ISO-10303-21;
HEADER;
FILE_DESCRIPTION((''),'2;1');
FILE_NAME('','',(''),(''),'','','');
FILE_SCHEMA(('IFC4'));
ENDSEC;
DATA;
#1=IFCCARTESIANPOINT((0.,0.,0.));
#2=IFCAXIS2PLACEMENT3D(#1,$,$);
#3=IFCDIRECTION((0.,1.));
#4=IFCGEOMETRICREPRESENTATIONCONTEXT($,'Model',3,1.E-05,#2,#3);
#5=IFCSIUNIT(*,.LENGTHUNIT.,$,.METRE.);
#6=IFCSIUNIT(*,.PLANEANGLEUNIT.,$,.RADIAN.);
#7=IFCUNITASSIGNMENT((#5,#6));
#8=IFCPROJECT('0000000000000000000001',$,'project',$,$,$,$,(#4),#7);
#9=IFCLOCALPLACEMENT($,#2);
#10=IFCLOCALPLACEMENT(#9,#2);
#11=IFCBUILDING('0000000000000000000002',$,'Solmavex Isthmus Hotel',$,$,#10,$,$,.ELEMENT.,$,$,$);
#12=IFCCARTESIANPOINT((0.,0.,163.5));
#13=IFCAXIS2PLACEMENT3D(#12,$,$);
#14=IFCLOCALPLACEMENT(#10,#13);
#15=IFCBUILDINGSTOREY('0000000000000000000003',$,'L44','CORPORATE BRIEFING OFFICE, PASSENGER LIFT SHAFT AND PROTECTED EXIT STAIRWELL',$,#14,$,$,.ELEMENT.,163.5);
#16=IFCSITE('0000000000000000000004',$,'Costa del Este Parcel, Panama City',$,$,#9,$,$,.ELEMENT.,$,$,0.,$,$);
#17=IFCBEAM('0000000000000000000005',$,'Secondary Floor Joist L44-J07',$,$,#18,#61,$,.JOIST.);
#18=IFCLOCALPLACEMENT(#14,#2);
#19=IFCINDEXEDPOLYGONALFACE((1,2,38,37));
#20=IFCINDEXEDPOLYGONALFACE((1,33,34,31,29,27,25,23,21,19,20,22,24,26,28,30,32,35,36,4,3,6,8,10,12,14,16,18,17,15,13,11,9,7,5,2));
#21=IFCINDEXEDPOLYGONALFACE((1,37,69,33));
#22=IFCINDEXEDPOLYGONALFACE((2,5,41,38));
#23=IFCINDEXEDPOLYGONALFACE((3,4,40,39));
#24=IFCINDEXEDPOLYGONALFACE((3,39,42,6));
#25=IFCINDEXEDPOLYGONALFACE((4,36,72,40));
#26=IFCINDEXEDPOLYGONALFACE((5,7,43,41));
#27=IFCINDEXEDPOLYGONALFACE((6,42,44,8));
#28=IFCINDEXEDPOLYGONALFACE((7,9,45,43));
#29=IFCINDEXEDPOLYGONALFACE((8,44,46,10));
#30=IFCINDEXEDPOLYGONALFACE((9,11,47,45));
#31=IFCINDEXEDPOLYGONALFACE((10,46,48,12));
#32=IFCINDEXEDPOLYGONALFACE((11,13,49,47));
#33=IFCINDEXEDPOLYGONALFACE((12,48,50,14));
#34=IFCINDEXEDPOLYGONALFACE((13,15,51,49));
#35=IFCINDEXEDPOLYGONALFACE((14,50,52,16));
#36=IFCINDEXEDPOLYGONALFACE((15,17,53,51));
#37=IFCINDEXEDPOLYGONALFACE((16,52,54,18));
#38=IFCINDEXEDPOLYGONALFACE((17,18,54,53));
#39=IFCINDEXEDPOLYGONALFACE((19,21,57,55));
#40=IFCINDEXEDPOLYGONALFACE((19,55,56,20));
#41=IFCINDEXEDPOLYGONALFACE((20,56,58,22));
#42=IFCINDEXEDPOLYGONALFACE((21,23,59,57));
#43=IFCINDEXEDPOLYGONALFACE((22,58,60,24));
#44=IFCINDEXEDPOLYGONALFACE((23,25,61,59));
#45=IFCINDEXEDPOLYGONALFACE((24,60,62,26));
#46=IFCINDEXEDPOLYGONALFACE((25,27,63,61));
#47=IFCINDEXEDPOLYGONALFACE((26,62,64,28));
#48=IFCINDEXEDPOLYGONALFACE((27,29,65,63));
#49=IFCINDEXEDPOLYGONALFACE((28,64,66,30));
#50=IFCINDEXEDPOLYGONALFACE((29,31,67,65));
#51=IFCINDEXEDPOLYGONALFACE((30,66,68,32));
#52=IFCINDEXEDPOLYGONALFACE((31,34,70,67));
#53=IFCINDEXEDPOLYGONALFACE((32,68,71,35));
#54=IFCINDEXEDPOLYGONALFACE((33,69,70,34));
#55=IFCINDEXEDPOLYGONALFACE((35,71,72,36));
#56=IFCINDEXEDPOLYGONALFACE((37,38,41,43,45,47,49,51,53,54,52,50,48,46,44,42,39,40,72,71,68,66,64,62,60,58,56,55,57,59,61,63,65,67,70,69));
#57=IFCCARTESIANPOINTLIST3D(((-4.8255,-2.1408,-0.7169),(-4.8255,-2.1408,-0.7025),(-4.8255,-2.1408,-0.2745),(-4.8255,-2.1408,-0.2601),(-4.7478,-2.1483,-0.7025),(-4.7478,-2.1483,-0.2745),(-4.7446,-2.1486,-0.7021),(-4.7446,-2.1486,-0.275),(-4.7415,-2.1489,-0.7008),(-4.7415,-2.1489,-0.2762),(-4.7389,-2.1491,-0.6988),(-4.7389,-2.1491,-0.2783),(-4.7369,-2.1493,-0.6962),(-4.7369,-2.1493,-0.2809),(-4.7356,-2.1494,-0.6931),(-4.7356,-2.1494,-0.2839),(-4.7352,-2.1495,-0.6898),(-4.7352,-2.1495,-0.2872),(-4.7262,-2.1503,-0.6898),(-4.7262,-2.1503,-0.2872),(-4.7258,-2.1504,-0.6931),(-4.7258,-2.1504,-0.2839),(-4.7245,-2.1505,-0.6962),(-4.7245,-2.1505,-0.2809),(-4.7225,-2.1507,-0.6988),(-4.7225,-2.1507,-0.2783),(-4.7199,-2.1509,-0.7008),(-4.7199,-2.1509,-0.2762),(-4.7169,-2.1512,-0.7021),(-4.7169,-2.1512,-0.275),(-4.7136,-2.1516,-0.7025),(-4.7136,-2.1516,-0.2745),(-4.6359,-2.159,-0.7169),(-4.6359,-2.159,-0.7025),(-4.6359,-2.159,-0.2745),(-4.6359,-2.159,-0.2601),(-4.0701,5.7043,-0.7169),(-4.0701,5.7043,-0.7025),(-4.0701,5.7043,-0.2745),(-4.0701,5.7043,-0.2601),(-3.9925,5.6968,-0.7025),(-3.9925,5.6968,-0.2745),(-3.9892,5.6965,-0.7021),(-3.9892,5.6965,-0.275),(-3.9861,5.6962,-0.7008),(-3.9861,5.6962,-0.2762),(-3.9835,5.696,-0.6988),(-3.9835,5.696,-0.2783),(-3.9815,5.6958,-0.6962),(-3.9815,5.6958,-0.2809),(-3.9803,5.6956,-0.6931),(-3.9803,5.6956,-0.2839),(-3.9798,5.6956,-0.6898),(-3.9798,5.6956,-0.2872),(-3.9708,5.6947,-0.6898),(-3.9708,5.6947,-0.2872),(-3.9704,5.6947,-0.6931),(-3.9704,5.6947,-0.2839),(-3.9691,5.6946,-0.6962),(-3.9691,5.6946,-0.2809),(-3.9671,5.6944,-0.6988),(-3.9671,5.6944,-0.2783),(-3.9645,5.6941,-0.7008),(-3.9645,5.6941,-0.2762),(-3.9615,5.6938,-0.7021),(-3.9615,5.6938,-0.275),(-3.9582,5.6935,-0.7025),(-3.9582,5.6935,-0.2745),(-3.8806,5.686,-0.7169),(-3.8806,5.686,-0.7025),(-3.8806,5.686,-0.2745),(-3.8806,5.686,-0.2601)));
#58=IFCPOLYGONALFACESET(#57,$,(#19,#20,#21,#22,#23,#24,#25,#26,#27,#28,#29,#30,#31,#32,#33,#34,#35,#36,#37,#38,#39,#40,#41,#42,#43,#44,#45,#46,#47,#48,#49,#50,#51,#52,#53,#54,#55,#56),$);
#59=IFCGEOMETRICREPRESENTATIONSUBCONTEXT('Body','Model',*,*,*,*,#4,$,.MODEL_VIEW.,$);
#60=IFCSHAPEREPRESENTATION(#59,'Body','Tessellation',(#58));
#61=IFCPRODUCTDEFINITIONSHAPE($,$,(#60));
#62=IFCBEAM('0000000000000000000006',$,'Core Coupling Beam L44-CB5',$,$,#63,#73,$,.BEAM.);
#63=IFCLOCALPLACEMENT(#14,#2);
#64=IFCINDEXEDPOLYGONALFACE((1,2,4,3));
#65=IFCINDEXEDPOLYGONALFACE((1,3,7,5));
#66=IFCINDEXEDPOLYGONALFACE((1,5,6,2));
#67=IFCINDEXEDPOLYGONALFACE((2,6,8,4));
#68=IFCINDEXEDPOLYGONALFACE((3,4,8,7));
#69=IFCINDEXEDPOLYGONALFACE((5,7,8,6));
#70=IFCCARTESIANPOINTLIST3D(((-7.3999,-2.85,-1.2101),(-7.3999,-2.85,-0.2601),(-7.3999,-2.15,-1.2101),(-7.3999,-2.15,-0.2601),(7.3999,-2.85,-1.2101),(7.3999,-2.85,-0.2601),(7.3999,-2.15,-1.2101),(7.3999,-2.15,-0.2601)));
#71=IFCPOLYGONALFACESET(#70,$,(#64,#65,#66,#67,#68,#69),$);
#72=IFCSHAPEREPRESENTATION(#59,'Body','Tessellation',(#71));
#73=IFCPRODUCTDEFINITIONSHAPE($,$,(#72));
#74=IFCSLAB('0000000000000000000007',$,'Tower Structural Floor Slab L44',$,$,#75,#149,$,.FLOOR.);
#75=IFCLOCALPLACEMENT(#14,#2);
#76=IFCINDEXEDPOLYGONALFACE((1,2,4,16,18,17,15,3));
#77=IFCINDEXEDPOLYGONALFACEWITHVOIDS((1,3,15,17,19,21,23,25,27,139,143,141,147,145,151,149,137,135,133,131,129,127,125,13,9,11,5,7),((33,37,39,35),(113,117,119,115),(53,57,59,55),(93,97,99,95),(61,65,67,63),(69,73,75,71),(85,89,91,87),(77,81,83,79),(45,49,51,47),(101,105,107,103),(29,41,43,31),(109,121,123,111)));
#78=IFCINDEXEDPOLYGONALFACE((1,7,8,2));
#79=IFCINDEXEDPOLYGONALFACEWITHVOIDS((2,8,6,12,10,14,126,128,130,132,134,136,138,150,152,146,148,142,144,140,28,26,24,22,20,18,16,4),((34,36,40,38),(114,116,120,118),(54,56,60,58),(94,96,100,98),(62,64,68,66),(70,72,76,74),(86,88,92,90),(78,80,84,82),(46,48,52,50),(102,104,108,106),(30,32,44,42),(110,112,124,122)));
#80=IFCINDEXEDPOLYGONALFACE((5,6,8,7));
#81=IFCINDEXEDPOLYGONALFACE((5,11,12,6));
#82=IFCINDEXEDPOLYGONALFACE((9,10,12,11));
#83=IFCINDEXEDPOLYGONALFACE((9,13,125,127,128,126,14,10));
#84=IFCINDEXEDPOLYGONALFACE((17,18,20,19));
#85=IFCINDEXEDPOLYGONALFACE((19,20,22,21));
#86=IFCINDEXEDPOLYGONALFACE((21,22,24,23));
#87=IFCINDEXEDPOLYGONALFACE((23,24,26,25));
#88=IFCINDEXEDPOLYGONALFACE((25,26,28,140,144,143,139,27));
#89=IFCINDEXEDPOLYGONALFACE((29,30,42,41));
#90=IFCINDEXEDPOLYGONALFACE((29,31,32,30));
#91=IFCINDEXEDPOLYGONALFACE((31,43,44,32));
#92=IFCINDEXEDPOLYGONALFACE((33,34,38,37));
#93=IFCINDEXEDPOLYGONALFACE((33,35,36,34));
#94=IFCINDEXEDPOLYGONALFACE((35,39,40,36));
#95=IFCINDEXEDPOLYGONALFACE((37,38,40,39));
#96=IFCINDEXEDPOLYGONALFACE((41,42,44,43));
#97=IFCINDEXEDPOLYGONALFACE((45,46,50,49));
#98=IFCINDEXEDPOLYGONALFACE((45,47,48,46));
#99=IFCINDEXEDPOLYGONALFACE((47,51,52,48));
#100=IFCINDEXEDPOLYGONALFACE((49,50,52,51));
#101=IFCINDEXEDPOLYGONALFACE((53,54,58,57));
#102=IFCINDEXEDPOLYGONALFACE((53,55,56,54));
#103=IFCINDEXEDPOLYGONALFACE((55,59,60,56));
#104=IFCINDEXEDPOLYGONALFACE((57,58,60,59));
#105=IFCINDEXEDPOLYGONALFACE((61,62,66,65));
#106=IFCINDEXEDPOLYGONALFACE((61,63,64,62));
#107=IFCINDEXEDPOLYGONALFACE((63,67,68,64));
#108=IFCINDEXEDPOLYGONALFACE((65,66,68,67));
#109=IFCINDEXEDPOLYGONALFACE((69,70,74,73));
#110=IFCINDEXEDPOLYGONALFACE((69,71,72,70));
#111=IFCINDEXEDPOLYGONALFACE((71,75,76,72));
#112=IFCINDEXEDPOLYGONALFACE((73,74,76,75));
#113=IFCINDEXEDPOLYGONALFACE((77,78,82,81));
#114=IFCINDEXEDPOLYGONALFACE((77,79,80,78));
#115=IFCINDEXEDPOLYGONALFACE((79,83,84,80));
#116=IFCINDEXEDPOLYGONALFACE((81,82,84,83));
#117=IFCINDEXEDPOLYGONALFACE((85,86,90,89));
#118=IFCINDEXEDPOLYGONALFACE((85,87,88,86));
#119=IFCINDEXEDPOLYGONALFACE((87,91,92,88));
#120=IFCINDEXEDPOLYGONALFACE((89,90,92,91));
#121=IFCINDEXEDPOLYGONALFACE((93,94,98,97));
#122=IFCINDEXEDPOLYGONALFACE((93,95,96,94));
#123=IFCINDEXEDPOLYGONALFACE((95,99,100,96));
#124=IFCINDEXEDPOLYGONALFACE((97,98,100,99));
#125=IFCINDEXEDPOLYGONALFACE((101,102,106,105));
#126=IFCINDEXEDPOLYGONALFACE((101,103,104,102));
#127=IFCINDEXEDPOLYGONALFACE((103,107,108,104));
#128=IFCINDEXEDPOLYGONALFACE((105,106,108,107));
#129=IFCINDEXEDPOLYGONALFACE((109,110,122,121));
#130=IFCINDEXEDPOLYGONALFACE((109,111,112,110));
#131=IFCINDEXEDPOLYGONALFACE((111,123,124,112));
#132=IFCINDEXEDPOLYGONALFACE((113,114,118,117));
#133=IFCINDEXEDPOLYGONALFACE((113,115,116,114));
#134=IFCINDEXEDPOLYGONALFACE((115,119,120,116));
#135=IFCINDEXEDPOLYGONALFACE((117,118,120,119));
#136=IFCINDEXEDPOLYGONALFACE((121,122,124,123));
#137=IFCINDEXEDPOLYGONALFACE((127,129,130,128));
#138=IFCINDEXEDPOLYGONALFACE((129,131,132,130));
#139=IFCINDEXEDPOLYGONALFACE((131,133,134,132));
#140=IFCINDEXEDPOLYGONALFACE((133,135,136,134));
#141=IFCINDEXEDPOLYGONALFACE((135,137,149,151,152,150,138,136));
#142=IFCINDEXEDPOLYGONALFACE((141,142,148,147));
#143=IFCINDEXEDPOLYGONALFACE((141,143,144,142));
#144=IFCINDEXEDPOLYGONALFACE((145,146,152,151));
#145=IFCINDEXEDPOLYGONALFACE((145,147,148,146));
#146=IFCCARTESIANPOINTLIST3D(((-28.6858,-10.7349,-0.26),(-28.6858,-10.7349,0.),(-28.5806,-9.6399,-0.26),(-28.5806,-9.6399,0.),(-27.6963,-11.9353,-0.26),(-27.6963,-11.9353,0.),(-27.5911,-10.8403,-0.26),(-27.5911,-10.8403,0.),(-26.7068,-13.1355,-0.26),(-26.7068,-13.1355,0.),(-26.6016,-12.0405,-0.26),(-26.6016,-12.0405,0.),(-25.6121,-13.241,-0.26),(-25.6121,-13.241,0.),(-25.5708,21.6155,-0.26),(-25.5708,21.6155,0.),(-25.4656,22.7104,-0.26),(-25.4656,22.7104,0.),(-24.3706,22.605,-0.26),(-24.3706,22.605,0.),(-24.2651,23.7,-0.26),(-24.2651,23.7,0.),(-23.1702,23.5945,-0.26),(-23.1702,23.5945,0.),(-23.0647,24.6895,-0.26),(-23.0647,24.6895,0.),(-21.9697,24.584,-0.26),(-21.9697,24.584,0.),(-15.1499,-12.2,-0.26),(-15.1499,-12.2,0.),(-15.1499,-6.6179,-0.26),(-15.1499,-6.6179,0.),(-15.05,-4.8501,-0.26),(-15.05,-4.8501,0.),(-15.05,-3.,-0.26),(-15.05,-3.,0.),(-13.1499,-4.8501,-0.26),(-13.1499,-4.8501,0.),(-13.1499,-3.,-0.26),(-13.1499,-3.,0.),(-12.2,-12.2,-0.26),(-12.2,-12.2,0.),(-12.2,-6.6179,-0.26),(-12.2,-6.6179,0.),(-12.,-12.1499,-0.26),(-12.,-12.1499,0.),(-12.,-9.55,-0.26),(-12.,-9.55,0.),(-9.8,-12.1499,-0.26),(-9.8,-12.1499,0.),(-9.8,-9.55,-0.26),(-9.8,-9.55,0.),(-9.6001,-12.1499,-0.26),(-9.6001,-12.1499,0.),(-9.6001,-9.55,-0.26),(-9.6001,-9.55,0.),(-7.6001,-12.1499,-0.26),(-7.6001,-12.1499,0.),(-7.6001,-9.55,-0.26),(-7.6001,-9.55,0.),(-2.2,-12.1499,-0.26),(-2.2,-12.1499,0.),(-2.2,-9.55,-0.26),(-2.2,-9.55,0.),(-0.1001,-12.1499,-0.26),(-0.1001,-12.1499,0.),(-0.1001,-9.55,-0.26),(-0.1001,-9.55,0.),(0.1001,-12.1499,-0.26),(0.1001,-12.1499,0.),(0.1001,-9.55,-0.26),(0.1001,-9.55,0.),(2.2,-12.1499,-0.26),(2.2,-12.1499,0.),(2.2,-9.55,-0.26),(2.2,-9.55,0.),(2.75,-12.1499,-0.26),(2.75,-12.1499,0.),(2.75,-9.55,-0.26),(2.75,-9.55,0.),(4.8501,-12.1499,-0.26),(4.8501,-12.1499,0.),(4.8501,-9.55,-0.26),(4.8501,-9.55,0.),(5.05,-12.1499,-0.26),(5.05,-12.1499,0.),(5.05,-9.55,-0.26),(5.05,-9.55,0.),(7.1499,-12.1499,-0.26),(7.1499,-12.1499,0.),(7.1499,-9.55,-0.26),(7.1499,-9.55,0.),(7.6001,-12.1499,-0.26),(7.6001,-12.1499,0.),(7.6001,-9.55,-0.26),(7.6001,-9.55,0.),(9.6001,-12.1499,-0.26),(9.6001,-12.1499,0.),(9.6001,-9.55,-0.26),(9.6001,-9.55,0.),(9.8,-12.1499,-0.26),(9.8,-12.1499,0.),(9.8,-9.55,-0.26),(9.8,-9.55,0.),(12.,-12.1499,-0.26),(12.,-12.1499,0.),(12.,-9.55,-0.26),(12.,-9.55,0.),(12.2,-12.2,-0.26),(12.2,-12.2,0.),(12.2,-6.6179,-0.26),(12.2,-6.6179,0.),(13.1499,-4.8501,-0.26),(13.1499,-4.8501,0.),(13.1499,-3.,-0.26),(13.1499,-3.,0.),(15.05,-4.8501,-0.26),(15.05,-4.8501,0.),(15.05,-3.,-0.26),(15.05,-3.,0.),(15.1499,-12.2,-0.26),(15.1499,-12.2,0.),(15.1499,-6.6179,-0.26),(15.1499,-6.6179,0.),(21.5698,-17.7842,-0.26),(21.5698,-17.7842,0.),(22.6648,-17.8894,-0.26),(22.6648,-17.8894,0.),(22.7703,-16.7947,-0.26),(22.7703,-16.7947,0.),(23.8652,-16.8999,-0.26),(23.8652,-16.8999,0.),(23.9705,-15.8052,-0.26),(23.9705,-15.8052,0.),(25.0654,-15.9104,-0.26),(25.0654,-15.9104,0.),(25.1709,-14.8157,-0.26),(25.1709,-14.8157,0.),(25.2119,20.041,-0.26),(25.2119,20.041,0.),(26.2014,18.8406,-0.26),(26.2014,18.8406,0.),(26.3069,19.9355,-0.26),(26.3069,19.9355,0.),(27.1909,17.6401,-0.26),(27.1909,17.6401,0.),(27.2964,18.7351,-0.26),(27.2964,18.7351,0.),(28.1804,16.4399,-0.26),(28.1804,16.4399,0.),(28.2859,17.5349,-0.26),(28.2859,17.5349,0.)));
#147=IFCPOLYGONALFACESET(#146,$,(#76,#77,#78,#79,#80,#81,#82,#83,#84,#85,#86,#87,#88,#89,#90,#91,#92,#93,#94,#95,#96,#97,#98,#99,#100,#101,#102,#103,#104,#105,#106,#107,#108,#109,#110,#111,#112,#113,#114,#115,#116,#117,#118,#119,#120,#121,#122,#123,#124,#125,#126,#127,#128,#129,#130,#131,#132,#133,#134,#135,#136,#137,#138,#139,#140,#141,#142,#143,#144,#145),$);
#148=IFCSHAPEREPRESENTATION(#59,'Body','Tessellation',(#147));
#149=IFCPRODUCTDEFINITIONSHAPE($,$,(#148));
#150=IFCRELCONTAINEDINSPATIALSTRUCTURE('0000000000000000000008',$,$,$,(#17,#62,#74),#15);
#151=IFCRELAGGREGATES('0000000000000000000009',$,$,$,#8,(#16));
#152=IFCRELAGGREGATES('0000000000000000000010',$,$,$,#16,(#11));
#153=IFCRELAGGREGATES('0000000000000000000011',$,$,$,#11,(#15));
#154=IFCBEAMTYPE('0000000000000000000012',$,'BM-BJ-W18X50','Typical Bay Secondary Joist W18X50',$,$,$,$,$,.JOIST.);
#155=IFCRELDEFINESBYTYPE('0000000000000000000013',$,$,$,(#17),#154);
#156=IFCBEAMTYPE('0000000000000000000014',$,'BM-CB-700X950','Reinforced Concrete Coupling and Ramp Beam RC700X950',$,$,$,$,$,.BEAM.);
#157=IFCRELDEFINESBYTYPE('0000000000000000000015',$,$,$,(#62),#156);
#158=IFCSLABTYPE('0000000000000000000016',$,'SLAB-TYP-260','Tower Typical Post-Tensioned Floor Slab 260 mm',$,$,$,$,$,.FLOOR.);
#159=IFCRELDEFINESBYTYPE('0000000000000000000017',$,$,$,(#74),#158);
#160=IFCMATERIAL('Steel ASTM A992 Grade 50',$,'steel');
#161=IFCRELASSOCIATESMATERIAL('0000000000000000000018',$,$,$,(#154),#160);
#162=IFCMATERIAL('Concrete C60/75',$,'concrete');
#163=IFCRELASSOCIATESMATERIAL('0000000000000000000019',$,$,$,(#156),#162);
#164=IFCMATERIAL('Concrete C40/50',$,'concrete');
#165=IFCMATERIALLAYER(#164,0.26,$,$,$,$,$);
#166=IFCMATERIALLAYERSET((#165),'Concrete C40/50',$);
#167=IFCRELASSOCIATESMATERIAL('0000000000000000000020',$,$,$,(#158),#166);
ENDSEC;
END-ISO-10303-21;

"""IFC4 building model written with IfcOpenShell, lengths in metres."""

from ifc_helpers import new_model, si_unit, direction, frame, origin, origin_2d, place, context, subcontext, project, spatial, polyline, rectangle, i_section, outline, extrude, material, layer, layer_set, material_profile, profile_set, type_object, element, save


model = new_model("IFC4")

# Units and contexts
model_context = context("Model", 3, precision=1e-05, world=origin(), true_north=direction((0.0, 1.0)))
body_context = subcontext(model_context, "Body", "Model", "MODEL_VIEW")
ifc_project = project(units=[si_unit("LENGTHUNIT", "METRE"), si_unit("PLANEANGLEUNIT", "RADIAN")], contexts=[model_context])

# Site, building, storey
site_placement = place(None, origin())
site = spatial("IfcSite", under=ifc_project, at=site_placement, Name="Costa del Este Parcel, Panama City", CompositionType="ELEMENT", RefElevation=0.0)
building_placement = place(site_placement, origin())
building = spatial("IfcBuilding", under=site, at=building_placement, Name="Solmavex Isthmus Hotel", CompositionType="ELEMENT")
storey_placement = place(building_placement, frame((0.0, 0.0, 163.5)))
storey = spatial("IfcBuildingStorey", under=building, at=storey_placement, Name="L44", Description="CORPORATE BRIEFING OFFICE, PASSENGER LIFT SHAFT AND PROTECTED EXIT STAIRWELL", CompositionType="ELEMENT", Elevation=163.5)

# Shared definitions
ifc_material_1 = material(Name="Concrete C60/75", Category="concrete")

# Beams
ifc_material_2 = material(Name="Steel ASTM A992 Grade 50", Category="steel")
ifc_material_profile_1 = material_profile(ifc_material_2, i_section(OverallWidth=0.1904, OverallDepth=0.4568, WebThickness=0.009, FlangeThickness=0.0144, FilletRadius=0.0127, at=origin_2d()), Name="W18X50")
ifc_profile_set_1 = profile_set([ifc_material_profile_1], Name="Steel ASTM A992 Grade 50")
beam_type_1 = type_object("IfcBeamType", Name="BM-BJ-W18X50", Description="Typical Bay Secondary Joist W18X50", PredefinedType="JOIST", material=ifc_profile_set_1)
beam_1_placement = place(storey_placement, frame((-4.7307, -2.1499, -0.4885), z_axis=(0.095844, 0.995396, 0.0), x_axis=(-0.995396, 0.095844, 0.0)))
element("IfcBeam", 1, at=beam_1_placement, inside=storey, type_object=beam_type_1, Name="Secondary Floor Joist L44-J07", PredefinedType="JOIST", context=body_context, shape_type="SweptSolid", body=[
    extrude(i_section(OverallWidth=0.1904, OverallDepth=0.4568, WebThickness=0.009, FlangeThickness=0.0144, FilletRadius=0.0127, at=origin_2d()), origin(), (0.0, 0.0, 1.0), 7.8813),
])
ifc_material_profile_2 = material_profile(ifc_material_1, rectangle(XDim=0.7, YDim=0.95, at=origin_2d()), Name="RC700X950")
ifc_profile_set_2 = profile_set([ifc_material_profile_2], Name="Concrete C60/75")
beam_type_2 = type_object("IfcBeamType", Name="BM-CB-700X950", Description="Reinforced Concrete Coupling and Ramp Beam RC700X950", PredefinedType="BEAM", material=ifc_profile_set_2)
beam_2_placement = place(storey_placement, frame((-7.3999, -2.5, -0.7351), z_axis=(1.0, 0.0, 0.0), x_axis=(0.0, 1.0, 0.0)))
element("IfcBeam", 2, at=beam_2_placement, inside=storey, type_object=beam_type_2, Name="Core Coupling Beam L44-CB5", PredefinedType="BEAM", context=body_context, shape_type="SweptSolid", body=[
    extrude(rectangle(XDim=0.7, YDim=0.95, at=origin_2d()), origin(), (0.0, 0.0, 1.0), 14.7998),
])

# Slab
ifc_material_3 = material(Name="Concrete C40/50", Category="concrete")
ifc_layer_1 = layer(ifc_material_3, 0.26)
ifc_layer_set_1 = layer_set([ifc_layer_1], Name="Concrete C40/50")
slab_type = type_object("IfcSlabType", Name="SLAB-TYP-260", Description="Tower Typical Post-Tensioned Floor Slab 260 mm", PredefinedType="FLOOR", material=ifc_layer_set_1)
slab_placement = place(storey_placement, frame((0.0, 0.0, -0.26)))
element("IfcSlab", 3, at=slab_placement, inside=storey, type_object=slab_type, Name="Tower Structural Floor Slab L44", PredefinedType="FLOOR", context=body_context, shape_type="SweptSolid", body=[
    extrude(outline(polyline([(-25.6121, -13.241), (21.5698, -17.7842), (22.6648, -17.8894), (22.7703, -16.7947), (23.8652, -16.8999), (23.9705, -15.8052), (25.0654, -15.9104), (25.1709, -14.8157), (28.1804, 16.4399), (28.2859, 17.5349), (27.1909, 17.6401), (27.2964, 18.7351), (26.2014, 18.8406), (26.3069, 19.9355), (25.2119, 20.041), (-21.9697, 24.584), (-23.0647, 24.6895), (-23.1702, 23.5945), (-24.2651, 23.7), (-24.3706, 22.605), (-25.4656, 22.7104), (-25.5708, 21.6155), (-28.5806, -9.6399), (-28.6858, -10.7349), (-27.5911, -10.8403), (-27.6963, -11.9353), (-26.6016, -12.0405), (-26.7068, -13.1355), (-25.6121, -13.241)]), holes=[polyline([(-15.1499, -6.6179), (-15.1499, -12.2), (-12.2, -12.2), (-12.2, -6.6179), (-15.1499, -6.6179)]), polyline([(12.2, -6.6179), (12.2, -12.2), (15.1499, -12.2), (15.1499, -6.6179), (12.2, -6.6179)]), polyline([(-12.0, -12.1499), (-9.8, -12.1499), (-9.8, -9.55), (-12.0, -9.55), (-12.0, -12.1499)]), polyline([(9.8, -12.1499), (12.0, -12.1499), (12.0, -9.55), (9.8, -9.55), (9.8, -12.1499)]), polyline([(-9.6001, -12.1499), (-7.6001, -12.1499), (-7.6001, -9.55), (-9.6001, -9.55), (-9.6001, -12.1499)]), polyline([(7.6001, -12.1499), (9.6001, -12.1499), (9.6001, -9.55), (7.6001, -9.55), (7.6001, -12.1499)]), polyline([(-2.2, -12.1499), (-0.1001, -12.1499), (-0.1001, -9.55), (-2.2, -9.55), (-2.2, -12.1499)]), polyline([(0.1001, -12.1499), (2.2, -12.1499), (2.2, -9.55), (0.1001, -9.55), (0.1001, -12.1499)]), polyline([(2.75, -12.1499), (4.8501, -12.1499), (4.8501, -9.55), (2.75, -9.55), (2.75, -12.1499)]), polyline([(5.05, -12.1499), (7.1499, -12.1499), (7.1499, -9.55), (5.05, -9.55), (5.05, -12.1499)]), polyline([(-15.05, -4.8501), (-13.1499, -4.8501), (-13.1499, -3.0), (-15.05, -3.0), (-15.05, -4.8501)]), polyline([(13.1499, -4.8501), (15.05, -4.8501), (15.05, -3.0), (13.1499, -3.0), (13.1499, -4.8501)])]), origin(), (0.0, 0.0, 1.0), 0.26),
])

save(model, "model.ifc")
